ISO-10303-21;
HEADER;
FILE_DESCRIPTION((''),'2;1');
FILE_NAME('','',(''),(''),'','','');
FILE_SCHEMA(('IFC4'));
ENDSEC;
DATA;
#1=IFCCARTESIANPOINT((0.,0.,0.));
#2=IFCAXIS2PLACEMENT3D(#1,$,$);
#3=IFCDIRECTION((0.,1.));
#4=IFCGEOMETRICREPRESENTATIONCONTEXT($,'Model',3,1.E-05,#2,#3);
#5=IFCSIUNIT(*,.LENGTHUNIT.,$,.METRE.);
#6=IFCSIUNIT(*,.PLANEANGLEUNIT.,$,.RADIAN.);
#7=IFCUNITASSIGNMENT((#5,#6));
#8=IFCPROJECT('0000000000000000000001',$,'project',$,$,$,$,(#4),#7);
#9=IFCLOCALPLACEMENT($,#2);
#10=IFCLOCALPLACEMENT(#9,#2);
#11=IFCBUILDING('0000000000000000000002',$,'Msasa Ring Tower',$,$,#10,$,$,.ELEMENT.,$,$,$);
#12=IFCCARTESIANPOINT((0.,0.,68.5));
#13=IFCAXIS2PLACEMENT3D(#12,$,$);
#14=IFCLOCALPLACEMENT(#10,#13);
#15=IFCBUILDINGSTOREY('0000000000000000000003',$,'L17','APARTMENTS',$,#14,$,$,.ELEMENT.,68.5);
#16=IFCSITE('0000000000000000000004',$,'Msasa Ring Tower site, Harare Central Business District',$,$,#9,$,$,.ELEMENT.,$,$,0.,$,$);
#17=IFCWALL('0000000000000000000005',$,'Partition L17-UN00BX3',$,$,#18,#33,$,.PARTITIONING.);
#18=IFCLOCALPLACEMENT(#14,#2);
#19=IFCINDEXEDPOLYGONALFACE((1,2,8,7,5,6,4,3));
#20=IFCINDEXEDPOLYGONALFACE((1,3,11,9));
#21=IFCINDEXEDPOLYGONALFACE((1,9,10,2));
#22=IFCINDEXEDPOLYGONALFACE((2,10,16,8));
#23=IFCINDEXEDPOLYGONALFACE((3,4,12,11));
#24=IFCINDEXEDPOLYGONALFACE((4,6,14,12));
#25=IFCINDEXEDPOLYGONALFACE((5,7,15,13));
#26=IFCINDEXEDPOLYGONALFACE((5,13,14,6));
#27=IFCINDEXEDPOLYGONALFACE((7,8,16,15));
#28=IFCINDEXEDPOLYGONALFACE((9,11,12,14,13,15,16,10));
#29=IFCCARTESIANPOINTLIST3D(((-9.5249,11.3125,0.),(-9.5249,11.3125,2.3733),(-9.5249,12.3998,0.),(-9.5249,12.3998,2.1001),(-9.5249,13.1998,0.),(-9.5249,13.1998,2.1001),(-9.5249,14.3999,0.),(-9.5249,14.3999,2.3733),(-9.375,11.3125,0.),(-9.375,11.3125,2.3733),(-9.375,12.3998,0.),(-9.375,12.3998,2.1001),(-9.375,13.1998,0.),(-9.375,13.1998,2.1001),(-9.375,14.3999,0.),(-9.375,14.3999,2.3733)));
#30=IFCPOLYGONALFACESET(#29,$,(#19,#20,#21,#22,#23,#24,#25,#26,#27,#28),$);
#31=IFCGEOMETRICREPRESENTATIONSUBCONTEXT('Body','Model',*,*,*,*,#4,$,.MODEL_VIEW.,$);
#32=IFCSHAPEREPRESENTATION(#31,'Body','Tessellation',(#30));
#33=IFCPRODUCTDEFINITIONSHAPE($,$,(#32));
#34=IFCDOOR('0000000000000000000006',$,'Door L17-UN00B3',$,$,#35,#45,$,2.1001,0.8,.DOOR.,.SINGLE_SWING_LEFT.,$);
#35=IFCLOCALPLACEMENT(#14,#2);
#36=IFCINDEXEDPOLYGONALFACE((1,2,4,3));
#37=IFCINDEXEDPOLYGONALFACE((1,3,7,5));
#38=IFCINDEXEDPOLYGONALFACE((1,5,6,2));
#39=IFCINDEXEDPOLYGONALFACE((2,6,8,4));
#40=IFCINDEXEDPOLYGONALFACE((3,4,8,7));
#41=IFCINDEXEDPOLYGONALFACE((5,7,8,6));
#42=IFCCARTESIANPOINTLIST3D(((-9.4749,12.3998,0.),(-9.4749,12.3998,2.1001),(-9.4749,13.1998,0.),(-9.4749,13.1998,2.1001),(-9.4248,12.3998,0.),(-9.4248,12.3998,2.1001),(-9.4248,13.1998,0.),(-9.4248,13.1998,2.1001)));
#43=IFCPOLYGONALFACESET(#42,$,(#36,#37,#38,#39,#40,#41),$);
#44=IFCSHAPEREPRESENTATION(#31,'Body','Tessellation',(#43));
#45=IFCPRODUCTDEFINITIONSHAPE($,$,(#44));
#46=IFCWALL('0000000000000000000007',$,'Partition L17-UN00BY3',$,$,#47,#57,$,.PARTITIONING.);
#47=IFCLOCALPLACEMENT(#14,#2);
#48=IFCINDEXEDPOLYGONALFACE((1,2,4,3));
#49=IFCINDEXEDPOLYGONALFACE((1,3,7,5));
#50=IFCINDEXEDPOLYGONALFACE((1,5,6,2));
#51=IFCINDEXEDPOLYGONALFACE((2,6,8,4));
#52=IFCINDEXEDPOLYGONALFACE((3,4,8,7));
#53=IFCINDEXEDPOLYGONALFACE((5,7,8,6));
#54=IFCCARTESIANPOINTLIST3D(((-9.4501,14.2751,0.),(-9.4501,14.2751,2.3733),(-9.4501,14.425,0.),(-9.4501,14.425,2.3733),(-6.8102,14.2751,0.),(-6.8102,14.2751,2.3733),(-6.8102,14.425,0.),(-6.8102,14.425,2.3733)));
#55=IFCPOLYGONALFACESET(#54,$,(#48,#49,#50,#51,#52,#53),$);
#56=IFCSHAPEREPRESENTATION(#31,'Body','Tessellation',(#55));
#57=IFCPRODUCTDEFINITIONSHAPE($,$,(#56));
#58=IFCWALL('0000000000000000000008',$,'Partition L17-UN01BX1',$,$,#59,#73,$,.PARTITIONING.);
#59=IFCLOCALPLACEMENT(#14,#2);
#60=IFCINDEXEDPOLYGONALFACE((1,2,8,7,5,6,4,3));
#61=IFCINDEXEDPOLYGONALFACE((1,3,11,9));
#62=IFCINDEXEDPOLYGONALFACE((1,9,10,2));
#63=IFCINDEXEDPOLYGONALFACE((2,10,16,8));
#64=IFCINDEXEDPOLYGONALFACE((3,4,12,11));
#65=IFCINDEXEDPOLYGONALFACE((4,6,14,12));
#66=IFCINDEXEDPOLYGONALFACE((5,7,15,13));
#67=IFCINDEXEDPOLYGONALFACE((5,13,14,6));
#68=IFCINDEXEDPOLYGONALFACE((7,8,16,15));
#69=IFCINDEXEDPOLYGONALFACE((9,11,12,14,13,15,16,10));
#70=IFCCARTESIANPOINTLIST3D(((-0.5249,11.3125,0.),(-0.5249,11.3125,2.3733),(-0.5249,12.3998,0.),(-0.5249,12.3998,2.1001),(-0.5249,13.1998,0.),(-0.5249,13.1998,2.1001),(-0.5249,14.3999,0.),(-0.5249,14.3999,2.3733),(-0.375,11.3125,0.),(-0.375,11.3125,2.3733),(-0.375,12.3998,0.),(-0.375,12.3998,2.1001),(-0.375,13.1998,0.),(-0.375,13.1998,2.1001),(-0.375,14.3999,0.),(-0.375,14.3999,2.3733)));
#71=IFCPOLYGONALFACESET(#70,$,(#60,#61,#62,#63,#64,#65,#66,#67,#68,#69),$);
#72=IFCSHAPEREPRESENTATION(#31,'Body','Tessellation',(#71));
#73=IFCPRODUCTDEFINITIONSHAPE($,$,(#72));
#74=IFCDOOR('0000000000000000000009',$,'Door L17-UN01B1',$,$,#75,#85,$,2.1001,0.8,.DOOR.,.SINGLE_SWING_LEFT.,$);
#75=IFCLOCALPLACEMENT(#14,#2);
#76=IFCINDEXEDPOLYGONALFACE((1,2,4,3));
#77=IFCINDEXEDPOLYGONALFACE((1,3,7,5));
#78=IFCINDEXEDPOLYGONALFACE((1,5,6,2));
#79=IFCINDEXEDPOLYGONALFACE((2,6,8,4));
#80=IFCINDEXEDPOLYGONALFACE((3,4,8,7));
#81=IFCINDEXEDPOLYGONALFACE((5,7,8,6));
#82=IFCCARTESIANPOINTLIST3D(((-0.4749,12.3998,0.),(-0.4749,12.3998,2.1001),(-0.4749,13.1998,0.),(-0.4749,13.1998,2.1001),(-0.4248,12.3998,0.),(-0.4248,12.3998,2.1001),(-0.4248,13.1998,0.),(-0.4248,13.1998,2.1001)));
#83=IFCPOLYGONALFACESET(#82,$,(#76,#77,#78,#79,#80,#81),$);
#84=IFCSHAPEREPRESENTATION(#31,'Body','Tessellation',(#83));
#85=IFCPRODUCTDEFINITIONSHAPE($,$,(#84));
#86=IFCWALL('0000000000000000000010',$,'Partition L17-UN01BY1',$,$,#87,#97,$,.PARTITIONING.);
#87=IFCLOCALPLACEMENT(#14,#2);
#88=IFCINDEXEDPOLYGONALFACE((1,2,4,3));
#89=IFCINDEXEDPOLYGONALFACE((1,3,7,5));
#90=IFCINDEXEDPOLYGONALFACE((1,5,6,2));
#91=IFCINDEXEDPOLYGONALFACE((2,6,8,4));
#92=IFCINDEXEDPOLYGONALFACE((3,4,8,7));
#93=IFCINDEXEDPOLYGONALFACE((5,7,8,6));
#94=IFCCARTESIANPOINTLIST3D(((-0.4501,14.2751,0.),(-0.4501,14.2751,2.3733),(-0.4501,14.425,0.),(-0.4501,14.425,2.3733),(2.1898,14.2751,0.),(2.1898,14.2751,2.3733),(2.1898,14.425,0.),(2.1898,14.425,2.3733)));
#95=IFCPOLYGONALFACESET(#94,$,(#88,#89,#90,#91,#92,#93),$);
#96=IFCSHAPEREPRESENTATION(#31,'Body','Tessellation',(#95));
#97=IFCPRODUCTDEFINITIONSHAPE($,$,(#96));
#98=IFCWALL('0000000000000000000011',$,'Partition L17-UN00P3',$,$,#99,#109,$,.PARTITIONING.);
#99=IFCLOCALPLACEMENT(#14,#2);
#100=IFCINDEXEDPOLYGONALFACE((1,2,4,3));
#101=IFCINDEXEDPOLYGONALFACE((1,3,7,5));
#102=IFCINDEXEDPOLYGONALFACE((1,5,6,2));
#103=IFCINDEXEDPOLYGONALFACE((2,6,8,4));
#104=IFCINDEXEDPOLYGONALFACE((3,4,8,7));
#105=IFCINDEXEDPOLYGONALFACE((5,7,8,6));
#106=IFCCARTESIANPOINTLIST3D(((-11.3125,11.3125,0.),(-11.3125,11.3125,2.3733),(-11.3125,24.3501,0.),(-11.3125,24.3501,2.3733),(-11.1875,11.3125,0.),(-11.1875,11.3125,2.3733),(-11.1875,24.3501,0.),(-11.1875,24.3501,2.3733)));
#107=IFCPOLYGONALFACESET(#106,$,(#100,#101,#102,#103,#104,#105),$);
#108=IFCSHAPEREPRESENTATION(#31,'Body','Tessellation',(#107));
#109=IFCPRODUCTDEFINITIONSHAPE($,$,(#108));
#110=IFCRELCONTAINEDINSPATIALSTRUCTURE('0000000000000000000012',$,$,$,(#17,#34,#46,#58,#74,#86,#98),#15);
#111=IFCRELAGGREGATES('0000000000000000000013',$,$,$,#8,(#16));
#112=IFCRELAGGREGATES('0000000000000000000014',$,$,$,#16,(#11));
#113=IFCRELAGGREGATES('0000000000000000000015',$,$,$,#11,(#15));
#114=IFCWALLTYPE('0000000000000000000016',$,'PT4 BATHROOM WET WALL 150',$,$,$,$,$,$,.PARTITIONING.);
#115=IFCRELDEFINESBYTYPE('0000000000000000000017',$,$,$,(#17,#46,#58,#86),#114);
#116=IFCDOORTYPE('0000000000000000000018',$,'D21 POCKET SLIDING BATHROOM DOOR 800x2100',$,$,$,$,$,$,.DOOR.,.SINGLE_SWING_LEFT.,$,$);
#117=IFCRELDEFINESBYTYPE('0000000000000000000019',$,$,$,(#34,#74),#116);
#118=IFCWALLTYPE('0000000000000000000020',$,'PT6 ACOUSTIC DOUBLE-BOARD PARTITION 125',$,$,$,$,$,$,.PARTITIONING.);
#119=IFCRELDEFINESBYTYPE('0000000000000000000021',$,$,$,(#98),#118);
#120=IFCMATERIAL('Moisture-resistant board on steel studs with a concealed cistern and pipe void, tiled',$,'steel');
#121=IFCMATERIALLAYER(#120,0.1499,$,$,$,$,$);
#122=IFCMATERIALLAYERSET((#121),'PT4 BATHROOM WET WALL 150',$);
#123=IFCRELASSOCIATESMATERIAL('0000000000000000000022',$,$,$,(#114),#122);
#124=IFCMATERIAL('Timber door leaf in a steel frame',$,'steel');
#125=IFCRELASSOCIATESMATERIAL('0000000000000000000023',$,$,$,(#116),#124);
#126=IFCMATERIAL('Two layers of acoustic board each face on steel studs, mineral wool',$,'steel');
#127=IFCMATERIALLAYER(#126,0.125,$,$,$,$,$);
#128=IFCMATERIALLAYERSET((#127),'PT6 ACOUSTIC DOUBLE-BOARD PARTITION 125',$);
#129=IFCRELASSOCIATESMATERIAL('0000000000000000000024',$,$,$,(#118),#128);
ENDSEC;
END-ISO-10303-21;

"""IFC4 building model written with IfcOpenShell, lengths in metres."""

from ifc_helpers import new_model, si_unit, direction, frame, frame_2d, origin, place, context, subcontext, project, spatial, rectangle, extrude, material, layer, layer_set, type_object, element, fill, save


model = new_model("IFC4")

# Units and contexts
model_context = context("Model", 3, precision=1e-05, world=origin(), true_north=direction((0.0, 1.0)))
body_context = subcontext(model_context, "Body", "Model", "MODEL_VIEW")
ifc_project = project(units=[si_unit("LENGTHUNIT", "METRE"), si_unit("PLANEANGLEUNIT", "RADIAN")], contexts=[model_context])

# Site, building, storey
site_placement = place(None, origin())
site = spatial("IfcSite", under=ifc_project, at=site_placement, Name="Msasa Ring Tower site, Harare Central Business District", CompositionType="ELEMENT", RefElevation=0.0)
building_placement = place(site_placement, origin())
building = spatial("IfcBuilding", under=site, at=building_placement, Name="Msasa Ring Tower", CompositionType="ELEMENT")
storey_placement = place(building_placement, frame((0.0, 0.0, 68.5)))
storey = spatial("IfcBuildingStorey", under=building, at=storey_placement, Name="L17", Description="APARTMENTS", CompositionType="ELEMENT", Elevation=68.5)

# Wall, opening, door
ifc_material_1 = material(Name="Moisture-resistant board on steel studs with a concealed cistern and pipe void, tiled", Category="steel")
ifc_layer_1 = layer(ifc_material_1, 0.1499)
ifc_layer_set_1 = layer_set([ifc_layer_1], Name="PT4 BATHROOM WET WALL 150")
wall_type_1 = type_object("IfcWallType", Name="PT4 BATHROOM WET WALL 150", PredefinedType="PARTITIONING", material=ifc_layer_set_1)
wall_1_placement = place(storey_placement, frame((-9.45, 11.3125, 0.0), z_axis=(0.0, 0.0, 1.0), x_axis=(0.0, 1.0, 0.0)))
wall_1 = element("IfcWall", 1, at=wall_1_placement, inside=storey, type_object=wall_type_1, Name="Partition L17-UN00BX3", PredefinedType="PARTITIONING", context=body_context, shape_type="SweptSolid", body=[
    extrude(rectangle(XDim=3.0874, YDim=0.1499, at=frame_2d((1.5437, 0.0))), origin(), (0.0, 0.0, 1.0), 2.3733),
])
opening_1_placement = place(wall_1_placement, frame((1.0874, 0.0, 0.0)))
opening_1 = element("IfcOpeningElement", 2, at=opening_1_placement, cuts=wall_1, PredefinedType="OPENING", context=body_context, shape_type="SweptSolid", body=[
    extrude(rectangle(XDim=0.8, YDim=2.1001, at=frame_2d((0.3999, 1.05))), frame((0.0, 0.085, 0.0), z_axis=(0.0, -1.0, 0.0), x_axis=(1.0, 0.0, 0.0)), (0.0, 0.0, 1.0), 0.1699),
])
ifc_material_2 = material(Name="Timber door leaf in a steel frame", Category="steel")
door_type_1 = type_object("IfcDoorType", Name="D21 POCKET SLIDING BATHROOM DOOR 800x2100", OperationType="SINGLE_SWING_LEFT", PredefinedType="DOOR", material=ifc_material_2)
door_1_placement = place(opening_1_placement, origin())
door_1 = element("IfcDoor", 3, at=door_1_placement, inside=storey, type_object=door_type_1, Name="Door L17-UN00B3", OperationType="SINGLE_SWING_LEFT", OverallHeight=2.1001, OverallWidth=0.8, PredefinedType="DOOR", context=body_context, shape_type="SweptSolid", body=[
    extrude(rectangle(XDim=0.8, YDim=2.1001, at=frame_2d((0.3999, 1.05))), frame((0.0, 0.0249, 0.0), z_axis=(0.0, -1.0, 0.0), x_axis=(1.0, 0.0, 0.0)), (0.0, 0.0, 1.0), 0.05),
])
fill(opening_1, door_1)

# Wall
wall_2_placement = place(storey_placement, frame((-9.45, 14.3501, 0.0), z_axis=(0.0, 0.0, 1.0), x_axis=(1.0, 0.0, 0.0)))
element("IfcWall", 4, at=wall_2_placement, inside=storey, type_object=wall_type_1, Name="Partition L17-UN00BY3", PredefinedType="PARTITIONING", context=body_context, shape_type="SweptSolid", body=[
    extrude(rectangle(XDim=2.6399, YDim=0.1499, at=frame_2d((1.3198, 0.0))), origin(), (0.0, 0.0, 1.0), 2.3733),
])

# Wall, opening, door
wall_3_placement = place(storey_placement, frame((-0.45, 11.3125, 0.0), z_axis=(0.0, 0.0, 1.0), x_axis=(0.0, 1.0, 0.0)))
wall_3 = element("IfcWall", 5, at=wall_3_placement, inside=storey, type_object=wall_type_1, Name="Partition L17-UN01BX1", PredefinedType="PARTITIONING", context=body_context, shape_type="SweptSolid", body=[
    extrude(rectangle(XDim=3.0874, YDim=0.1499, at=frame_2d((1.5437, 0.0))), origin(), (0.0, 0.0, 1.0), 2.3733),
])
opening_2_placement = place(wall_3_placement, frame((1.0874, 0.0, 0.0)))
opening_2 = element("IfcOpeningElement", 6, at=opening_2_placement, cuts=wall_3, PredefinedType="OPENING", context=body_context, shape_type="SweptSolid", body=[
    extrude(rectangle(XDim=0.8, YDim=2.1001, at=frame_2d((0.3999, 1.05))), frame((0.0, 0.085, 0.0), z_axis=(0.0, -1.0, 0.0), x_axis=(1.0, 0.0, 0.0)), (0.0, 0.0, 1.0), 0.1699),
])
door_2_placement = place(opening_2_placement, origin())
door_2 = element("IfcDoor", 7, at=door_2_placement, inside=storey, type_object=door_type_1, Name="Door L17-UN01B1", OperationType="SINGLE_SWING_LEFT", OverallHeight=2.1001, OverallWidth=0.8, PredefinedType="DOOR", context=body_context, shape_type="SweptSolid", body=[
    extrude(rectangle(XDim=0.8, YDim=2.1001, at=frame_2d((0.3999, 1.05))), frame((0.0, 0.0249, 0.0), z_axis=(0.0, -1.0, 0.0), x_axis=(1.0, 0.0, 0.0)), (0.0, 0.0, 1.0), 0.05),
])
fill(opening_2, door_2)

# Walls
wall_4_placement = place(storey_placement, frame((-0.45, 14.3501, 0.0), z_axis=(0.0, 0.0, 1.0), x_axis=(1.0, 0.0, 0.0)))
element("IfcWall", 8, at=wall_4_placement, inside=storey, type_object=wall_type_1, Name="Partition L17-UN01BY1", PredefinedType="PARTITIONING", context=body_context, shape_type="SweptSolid", body=[
    extrude(rectangle(XDim=2.6399, YDim=0.1499, at=frame_2d((1.3198, 0.0))), origin(), (0.0, 0.0, 1.0), 2.3733),
])
ifc_material_3 = material(Name="Two layers of acoustic board each face on steel studs, mineral wool", Category="steel")
ifc_layer_2 = layer(ifc_material_3, 0.125)
ifc_layer_set_2 = layer_set([ifc_layer_2], Name="PT6 ACOUSTIC DOUBLE-BOARD PARTITION 125")
wall_type_2 = type_object("IfcWallType", Name="PT6 ACOUSTIC DOUBLE-BOARD PARTITION 125", PredefinedType="PARTITIONING", material=ifc_layer_set_2)
wall_5_placement = place(storey_placement, frame((-11.25, 11.3125, 0.0), z_axis=(0.0, 0.0, 1.0), x_axis=(0.0, 1.0, 0.0)))
element("IfcWall", 9, at=wall_5_placement, inside=storey, type_object=wall_type_2, Name="Partition L17-UN00P3", PredefinedType="PARTITIONING", context=body_context, shape_type="SweptSolid", body=[
    extrude(rectangle(XDim=13.0376, YDim=0.125, at=frame_2d((6.5188, 0.0))), origin(), (0.0, 0.0, 1.0), 2.3733),
])

save(model, "model.ifc")
